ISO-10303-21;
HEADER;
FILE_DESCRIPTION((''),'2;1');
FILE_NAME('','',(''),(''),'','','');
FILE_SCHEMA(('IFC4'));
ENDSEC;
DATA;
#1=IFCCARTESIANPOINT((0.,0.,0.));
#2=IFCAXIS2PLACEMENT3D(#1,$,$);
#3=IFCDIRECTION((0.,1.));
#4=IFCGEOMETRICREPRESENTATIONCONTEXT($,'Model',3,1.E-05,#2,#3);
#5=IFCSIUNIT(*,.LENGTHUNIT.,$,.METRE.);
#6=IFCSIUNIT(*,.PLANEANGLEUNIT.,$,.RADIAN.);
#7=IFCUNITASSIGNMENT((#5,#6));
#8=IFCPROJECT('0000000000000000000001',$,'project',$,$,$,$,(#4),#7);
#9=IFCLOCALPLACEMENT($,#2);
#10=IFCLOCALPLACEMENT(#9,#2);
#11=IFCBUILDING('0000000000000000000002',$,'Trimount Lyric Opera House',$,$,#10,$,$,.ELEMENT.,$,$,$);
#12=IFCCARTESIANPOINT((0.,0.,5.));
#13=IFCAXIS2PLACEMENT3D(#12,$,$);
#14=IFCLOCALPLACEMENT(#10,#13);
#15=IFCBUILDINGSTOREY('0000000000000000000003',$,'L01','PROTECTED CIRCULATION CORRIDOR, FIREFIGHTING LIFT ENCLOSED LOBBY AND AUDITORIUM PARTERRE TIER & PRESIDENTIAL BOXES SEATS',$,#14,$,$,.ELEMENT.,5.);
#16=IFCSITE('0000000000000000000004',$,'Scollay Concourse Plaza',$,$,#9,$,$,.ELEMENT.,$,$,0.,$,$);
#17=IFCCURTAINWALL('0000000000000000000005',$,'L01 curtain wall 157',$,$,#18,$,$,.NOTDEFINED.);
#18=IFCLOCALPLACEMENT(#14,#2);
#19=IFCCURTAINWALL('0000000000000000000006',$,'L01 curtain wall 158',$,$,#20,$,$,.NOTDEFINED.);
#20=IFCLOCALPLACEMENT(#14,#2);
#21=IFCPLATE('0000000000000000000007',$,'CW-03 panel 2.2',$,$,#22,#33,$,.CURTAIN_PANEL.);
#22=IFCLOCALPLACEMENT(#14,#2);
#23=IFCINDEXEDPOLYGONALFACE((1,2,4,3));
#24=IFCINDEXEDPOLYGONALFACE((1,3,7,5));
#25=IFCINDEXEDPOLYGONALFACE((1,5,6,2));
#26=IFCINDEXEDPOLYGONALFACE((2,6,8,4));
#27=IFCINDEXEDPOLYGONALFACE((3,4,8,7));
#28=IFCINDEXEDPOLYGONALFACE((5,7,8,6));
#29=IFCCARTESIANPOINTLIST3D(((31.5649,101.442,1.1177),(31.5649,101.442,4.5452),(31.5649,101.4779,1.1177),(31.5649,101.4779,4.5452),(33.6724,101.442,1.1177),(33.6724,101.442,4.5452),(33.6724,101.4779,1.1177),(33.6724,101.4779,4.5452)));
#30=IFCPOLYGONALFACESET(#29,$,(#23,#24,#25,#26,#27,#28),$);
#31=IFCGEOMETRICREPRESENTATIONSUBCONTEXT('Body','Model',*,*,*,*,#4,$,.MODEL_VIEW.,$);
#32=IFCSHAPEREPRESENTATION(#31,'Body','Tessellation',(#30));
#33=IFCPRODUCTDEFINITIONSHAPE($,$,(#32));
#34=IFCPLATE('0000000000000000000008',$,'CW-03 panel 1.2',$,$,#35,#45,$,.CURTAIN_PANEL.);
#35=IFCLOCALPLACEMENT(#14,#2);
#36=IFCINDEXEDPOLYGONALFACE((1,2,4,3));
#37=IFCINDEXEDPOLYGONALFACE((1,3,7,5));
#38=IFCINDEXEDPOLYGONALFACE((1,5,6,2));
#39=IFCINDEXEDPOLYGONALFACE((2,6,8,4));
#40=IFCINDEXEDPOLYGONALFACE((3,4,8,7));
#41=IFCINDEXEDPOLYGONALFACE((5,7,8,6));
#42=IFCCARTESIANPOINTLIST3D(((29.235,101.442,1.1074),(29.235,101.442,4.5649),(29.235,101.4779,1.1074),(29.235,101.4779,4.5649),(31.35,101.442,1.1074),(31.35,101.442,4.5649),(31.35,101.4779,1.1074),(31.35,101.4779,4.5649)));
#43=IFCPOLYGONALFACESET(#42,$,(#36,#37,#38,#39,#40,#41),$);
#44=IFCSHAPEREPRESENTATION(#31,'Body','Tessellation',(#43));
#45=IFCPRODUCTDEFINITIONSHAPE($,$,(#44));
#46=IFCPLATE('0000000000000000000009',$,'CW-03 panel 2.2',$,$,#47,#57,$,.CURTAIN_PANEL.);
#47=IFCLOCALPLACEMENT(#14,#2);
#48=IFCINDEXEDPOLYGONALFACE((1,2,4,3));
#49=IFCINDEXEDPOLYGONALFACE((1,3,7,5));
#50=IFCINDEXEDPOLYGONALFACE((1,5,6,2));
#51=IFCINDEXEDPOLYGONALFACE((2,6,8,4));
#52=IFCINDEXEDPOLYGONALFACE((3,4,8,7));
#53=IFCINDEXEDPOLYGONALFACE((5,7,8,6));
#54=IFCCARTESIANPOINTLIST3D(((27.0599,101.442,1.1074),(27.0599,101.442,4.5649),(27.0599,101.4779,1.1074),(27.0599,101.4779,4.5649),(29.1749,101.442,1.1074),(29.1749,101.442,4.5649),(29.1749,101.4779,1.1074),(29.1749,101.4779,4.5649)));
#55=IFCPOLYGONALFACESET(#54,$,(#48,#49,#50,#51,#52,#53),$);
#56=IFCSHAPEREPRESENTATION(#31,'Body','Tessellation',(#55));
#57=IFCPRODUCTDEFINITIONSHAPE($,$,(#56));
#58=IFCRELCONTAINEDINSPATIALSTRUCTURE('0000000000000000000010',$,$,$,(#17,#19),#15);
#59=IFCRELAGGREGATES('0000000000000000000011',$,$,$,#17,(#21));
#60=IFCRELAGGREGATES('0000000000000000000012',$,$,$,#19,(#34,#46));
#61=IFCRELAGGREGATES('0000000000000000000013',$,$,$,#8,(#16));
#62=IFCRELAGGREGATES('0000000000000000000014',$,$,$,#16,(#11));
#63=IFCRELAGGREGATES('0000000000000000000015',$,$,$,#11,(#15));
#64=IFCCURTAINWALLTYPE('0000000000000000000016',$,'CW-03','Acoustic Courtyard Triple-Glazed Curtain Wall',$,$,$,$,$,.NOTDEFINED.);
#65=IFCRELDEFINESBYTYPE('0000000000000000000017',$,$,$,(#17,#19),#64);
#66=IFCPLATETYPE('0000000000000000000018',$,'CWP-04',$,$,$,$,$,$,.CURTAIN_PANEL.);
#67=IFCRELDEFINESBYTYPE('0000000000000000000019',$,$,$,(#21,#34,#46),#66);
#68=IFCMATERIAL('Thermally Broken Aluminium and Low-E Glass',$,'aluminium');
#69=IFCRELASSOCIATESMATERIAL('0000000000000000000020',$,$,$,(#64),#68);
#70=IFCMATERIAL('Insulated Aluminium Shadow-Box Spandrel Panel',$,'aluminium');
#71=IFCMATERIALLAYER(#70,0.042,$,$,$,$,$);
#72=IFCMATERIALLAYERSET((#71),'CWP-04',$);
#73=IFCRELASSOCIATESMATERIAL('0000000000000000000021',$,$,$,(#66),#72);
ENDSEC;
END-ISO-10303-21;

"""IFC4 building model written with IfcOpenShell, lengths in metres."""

from ifc_helpers import new_model, si_unit, direction, frame, origin, origin_2d, place, context, subcontext, project, spatial, rectangle, extrude, material, layer, layer_set, type_object, element, aggregate, save


model = new_model("IFC4")

# Units and contexts
model_context = context("Model", 3, precision=1e-05, world=origin(), true_north=direction((0.0, 1.0)))
body_context = subcontext(model_context, "Body", "Model", "MODEL_VIEW")
ifc_project = project(units=[si_unit("LENGTHUNIT", "METRE"), si_unit("PLANEANGLEUNIT", "RADIAN")], contexts=[model_context])

# Site, building, storey
site_placement = place(None, origin())
site = spatial("IfcSite", under=ifc_project, at=site_placement, Name="Scollay Concourse Plaza", CompositionType="ELEMENT", RefElevation=0.0)
building_placement = place(site_placement, origin())
building = spatial("IfcBuilding", under=site, at=building_placement, Name="Trimount Lyric Opera House", CompositionType="ELEMENT")
storey_placement = place(building_placement, frame((0.0, 0.0, 5.0)))
storey = spatial("IfcBuildingStorey", under=building, at=storey_placement, Name="L01", Description="PROTECTED CIRCULATION CORRIDOR, FIREFIGHTING LIFT ENCLOSED LOBBY AND AUDITORIUM PARTERRE TIER & PRESIDENTIAL BOXES SEATS", CompositionType="ELEMENT", Elevation=5.0)

# Shared definitions
ifc_material_1 = material(Name="Thermally Broken Aluminium and Low-E Glass", Category="aluminium")
curtain_wall_type = type_object("IfcCurtainWallType", Name="CW-03", Description="Acoustic Courtyard Triple-Glazed Curtain Wall", PredefinedType="NOTDEFINED", material=ifc_material_1)

# Curtain walls
curtain_wall_1_placement = place(storey_placement, origin())
curtain_wall_1 = element("IfcCurtainWall", 1, at=curtain_wall_1_placement, inside=storey, type_object=curtain_wall_type, Name="L01 curtain wall 157", PredefinedType="NOTDEFINED")
curtain_wall_2_placement = place(storey_placement, origin())
curtain_wall_2 = element("IfcCurtainWall", 2, at=curtain_wall_2_placement, inside=storey, type_object=curtain_wall_type, Name="L01 curtain wall 158", PredefinedType="NOTDEFINED")

# Plates
ifc_material_2 = material(Name="Insulated Aluminium Shadow-Box Spandrel Panel", Category="aluminium")
ifc_layer_1 = layer(ifc_material_2, 0.042)
ifc_layer_set_1 = layer_set([ifc_layer_1], Name="CWP-04")
plate_type_1 = type_object("IfcPlateType", Name="CWP-04", PredefinedType="CURTAIN_PANEL", material=ifc_layer_set_1)
plate_1_placement = place(storey_placement, frame((32.6187, 101.46, 1.1177), z_axis=(0.0, 0.0, 1.0), x_axis=(-1.0, 0.0, 0.0)))
plate_1 = element("IfcPlate", 3, at=plate_1_placement, type_object=plate_type_1, Name="CW-03 panel 2.2", PredefinedType="CURTAIN_PANEL", context=body_context, shape_type="SweptSolid", body=[
    extrude(rectangle(XDim=2.1074, YDim=0.0359, at=origin_2d()), origin(), (0.0, 0.0, 1.0), 3.4275),
])
aggregate(curtain_wall_1, [plate_1])
plate_2_placement = place(storey_placement, frame((30.2925, 101.46, 1.1074), z_axis=(0.0, 0.0, 1.0), x_axis=(-1.0, 0.0, 0.0)))
plate_2 = element("IfcPlate", 4, at=plate_2_placement, type_object=plate_type_1, Name="CW-03 panel 1.2", PredefinedType="CURTAIN_PANEL", context=body_context, shape_type="SweptSolid", body=[
    extrude(rectangle(XDim=2.115, YDim=0.0359, at=origin_2d()), origin(), (0.0, 0.0, 1.0), 3.4575),
])
plate_3_placement = place(storey_placement, frame((28.1174, 101.46, 1.1074), z_axis=(0.0, 0.0, 1.0), x_axis=(-1.0, 0.0, 0.0)))
plate_3 = element("IfcPlate", 5, at=plate_3_placement, type_object=plate_type_1, Name="CW-03 panel 2.2", PredefinedType="CURTAIN_PANEL", context=body_context, shape_type="SweptSolid", body=[
    extrude(rectangle(XDim=2.115, YDim=0.0359, at=origin_2d()), origin(), (0.0, 0.0, 1.0), 3.4575),
])
aggregate(curtain_wall_2, [plate_2, plate_3])

save(model, "model.ifc")
